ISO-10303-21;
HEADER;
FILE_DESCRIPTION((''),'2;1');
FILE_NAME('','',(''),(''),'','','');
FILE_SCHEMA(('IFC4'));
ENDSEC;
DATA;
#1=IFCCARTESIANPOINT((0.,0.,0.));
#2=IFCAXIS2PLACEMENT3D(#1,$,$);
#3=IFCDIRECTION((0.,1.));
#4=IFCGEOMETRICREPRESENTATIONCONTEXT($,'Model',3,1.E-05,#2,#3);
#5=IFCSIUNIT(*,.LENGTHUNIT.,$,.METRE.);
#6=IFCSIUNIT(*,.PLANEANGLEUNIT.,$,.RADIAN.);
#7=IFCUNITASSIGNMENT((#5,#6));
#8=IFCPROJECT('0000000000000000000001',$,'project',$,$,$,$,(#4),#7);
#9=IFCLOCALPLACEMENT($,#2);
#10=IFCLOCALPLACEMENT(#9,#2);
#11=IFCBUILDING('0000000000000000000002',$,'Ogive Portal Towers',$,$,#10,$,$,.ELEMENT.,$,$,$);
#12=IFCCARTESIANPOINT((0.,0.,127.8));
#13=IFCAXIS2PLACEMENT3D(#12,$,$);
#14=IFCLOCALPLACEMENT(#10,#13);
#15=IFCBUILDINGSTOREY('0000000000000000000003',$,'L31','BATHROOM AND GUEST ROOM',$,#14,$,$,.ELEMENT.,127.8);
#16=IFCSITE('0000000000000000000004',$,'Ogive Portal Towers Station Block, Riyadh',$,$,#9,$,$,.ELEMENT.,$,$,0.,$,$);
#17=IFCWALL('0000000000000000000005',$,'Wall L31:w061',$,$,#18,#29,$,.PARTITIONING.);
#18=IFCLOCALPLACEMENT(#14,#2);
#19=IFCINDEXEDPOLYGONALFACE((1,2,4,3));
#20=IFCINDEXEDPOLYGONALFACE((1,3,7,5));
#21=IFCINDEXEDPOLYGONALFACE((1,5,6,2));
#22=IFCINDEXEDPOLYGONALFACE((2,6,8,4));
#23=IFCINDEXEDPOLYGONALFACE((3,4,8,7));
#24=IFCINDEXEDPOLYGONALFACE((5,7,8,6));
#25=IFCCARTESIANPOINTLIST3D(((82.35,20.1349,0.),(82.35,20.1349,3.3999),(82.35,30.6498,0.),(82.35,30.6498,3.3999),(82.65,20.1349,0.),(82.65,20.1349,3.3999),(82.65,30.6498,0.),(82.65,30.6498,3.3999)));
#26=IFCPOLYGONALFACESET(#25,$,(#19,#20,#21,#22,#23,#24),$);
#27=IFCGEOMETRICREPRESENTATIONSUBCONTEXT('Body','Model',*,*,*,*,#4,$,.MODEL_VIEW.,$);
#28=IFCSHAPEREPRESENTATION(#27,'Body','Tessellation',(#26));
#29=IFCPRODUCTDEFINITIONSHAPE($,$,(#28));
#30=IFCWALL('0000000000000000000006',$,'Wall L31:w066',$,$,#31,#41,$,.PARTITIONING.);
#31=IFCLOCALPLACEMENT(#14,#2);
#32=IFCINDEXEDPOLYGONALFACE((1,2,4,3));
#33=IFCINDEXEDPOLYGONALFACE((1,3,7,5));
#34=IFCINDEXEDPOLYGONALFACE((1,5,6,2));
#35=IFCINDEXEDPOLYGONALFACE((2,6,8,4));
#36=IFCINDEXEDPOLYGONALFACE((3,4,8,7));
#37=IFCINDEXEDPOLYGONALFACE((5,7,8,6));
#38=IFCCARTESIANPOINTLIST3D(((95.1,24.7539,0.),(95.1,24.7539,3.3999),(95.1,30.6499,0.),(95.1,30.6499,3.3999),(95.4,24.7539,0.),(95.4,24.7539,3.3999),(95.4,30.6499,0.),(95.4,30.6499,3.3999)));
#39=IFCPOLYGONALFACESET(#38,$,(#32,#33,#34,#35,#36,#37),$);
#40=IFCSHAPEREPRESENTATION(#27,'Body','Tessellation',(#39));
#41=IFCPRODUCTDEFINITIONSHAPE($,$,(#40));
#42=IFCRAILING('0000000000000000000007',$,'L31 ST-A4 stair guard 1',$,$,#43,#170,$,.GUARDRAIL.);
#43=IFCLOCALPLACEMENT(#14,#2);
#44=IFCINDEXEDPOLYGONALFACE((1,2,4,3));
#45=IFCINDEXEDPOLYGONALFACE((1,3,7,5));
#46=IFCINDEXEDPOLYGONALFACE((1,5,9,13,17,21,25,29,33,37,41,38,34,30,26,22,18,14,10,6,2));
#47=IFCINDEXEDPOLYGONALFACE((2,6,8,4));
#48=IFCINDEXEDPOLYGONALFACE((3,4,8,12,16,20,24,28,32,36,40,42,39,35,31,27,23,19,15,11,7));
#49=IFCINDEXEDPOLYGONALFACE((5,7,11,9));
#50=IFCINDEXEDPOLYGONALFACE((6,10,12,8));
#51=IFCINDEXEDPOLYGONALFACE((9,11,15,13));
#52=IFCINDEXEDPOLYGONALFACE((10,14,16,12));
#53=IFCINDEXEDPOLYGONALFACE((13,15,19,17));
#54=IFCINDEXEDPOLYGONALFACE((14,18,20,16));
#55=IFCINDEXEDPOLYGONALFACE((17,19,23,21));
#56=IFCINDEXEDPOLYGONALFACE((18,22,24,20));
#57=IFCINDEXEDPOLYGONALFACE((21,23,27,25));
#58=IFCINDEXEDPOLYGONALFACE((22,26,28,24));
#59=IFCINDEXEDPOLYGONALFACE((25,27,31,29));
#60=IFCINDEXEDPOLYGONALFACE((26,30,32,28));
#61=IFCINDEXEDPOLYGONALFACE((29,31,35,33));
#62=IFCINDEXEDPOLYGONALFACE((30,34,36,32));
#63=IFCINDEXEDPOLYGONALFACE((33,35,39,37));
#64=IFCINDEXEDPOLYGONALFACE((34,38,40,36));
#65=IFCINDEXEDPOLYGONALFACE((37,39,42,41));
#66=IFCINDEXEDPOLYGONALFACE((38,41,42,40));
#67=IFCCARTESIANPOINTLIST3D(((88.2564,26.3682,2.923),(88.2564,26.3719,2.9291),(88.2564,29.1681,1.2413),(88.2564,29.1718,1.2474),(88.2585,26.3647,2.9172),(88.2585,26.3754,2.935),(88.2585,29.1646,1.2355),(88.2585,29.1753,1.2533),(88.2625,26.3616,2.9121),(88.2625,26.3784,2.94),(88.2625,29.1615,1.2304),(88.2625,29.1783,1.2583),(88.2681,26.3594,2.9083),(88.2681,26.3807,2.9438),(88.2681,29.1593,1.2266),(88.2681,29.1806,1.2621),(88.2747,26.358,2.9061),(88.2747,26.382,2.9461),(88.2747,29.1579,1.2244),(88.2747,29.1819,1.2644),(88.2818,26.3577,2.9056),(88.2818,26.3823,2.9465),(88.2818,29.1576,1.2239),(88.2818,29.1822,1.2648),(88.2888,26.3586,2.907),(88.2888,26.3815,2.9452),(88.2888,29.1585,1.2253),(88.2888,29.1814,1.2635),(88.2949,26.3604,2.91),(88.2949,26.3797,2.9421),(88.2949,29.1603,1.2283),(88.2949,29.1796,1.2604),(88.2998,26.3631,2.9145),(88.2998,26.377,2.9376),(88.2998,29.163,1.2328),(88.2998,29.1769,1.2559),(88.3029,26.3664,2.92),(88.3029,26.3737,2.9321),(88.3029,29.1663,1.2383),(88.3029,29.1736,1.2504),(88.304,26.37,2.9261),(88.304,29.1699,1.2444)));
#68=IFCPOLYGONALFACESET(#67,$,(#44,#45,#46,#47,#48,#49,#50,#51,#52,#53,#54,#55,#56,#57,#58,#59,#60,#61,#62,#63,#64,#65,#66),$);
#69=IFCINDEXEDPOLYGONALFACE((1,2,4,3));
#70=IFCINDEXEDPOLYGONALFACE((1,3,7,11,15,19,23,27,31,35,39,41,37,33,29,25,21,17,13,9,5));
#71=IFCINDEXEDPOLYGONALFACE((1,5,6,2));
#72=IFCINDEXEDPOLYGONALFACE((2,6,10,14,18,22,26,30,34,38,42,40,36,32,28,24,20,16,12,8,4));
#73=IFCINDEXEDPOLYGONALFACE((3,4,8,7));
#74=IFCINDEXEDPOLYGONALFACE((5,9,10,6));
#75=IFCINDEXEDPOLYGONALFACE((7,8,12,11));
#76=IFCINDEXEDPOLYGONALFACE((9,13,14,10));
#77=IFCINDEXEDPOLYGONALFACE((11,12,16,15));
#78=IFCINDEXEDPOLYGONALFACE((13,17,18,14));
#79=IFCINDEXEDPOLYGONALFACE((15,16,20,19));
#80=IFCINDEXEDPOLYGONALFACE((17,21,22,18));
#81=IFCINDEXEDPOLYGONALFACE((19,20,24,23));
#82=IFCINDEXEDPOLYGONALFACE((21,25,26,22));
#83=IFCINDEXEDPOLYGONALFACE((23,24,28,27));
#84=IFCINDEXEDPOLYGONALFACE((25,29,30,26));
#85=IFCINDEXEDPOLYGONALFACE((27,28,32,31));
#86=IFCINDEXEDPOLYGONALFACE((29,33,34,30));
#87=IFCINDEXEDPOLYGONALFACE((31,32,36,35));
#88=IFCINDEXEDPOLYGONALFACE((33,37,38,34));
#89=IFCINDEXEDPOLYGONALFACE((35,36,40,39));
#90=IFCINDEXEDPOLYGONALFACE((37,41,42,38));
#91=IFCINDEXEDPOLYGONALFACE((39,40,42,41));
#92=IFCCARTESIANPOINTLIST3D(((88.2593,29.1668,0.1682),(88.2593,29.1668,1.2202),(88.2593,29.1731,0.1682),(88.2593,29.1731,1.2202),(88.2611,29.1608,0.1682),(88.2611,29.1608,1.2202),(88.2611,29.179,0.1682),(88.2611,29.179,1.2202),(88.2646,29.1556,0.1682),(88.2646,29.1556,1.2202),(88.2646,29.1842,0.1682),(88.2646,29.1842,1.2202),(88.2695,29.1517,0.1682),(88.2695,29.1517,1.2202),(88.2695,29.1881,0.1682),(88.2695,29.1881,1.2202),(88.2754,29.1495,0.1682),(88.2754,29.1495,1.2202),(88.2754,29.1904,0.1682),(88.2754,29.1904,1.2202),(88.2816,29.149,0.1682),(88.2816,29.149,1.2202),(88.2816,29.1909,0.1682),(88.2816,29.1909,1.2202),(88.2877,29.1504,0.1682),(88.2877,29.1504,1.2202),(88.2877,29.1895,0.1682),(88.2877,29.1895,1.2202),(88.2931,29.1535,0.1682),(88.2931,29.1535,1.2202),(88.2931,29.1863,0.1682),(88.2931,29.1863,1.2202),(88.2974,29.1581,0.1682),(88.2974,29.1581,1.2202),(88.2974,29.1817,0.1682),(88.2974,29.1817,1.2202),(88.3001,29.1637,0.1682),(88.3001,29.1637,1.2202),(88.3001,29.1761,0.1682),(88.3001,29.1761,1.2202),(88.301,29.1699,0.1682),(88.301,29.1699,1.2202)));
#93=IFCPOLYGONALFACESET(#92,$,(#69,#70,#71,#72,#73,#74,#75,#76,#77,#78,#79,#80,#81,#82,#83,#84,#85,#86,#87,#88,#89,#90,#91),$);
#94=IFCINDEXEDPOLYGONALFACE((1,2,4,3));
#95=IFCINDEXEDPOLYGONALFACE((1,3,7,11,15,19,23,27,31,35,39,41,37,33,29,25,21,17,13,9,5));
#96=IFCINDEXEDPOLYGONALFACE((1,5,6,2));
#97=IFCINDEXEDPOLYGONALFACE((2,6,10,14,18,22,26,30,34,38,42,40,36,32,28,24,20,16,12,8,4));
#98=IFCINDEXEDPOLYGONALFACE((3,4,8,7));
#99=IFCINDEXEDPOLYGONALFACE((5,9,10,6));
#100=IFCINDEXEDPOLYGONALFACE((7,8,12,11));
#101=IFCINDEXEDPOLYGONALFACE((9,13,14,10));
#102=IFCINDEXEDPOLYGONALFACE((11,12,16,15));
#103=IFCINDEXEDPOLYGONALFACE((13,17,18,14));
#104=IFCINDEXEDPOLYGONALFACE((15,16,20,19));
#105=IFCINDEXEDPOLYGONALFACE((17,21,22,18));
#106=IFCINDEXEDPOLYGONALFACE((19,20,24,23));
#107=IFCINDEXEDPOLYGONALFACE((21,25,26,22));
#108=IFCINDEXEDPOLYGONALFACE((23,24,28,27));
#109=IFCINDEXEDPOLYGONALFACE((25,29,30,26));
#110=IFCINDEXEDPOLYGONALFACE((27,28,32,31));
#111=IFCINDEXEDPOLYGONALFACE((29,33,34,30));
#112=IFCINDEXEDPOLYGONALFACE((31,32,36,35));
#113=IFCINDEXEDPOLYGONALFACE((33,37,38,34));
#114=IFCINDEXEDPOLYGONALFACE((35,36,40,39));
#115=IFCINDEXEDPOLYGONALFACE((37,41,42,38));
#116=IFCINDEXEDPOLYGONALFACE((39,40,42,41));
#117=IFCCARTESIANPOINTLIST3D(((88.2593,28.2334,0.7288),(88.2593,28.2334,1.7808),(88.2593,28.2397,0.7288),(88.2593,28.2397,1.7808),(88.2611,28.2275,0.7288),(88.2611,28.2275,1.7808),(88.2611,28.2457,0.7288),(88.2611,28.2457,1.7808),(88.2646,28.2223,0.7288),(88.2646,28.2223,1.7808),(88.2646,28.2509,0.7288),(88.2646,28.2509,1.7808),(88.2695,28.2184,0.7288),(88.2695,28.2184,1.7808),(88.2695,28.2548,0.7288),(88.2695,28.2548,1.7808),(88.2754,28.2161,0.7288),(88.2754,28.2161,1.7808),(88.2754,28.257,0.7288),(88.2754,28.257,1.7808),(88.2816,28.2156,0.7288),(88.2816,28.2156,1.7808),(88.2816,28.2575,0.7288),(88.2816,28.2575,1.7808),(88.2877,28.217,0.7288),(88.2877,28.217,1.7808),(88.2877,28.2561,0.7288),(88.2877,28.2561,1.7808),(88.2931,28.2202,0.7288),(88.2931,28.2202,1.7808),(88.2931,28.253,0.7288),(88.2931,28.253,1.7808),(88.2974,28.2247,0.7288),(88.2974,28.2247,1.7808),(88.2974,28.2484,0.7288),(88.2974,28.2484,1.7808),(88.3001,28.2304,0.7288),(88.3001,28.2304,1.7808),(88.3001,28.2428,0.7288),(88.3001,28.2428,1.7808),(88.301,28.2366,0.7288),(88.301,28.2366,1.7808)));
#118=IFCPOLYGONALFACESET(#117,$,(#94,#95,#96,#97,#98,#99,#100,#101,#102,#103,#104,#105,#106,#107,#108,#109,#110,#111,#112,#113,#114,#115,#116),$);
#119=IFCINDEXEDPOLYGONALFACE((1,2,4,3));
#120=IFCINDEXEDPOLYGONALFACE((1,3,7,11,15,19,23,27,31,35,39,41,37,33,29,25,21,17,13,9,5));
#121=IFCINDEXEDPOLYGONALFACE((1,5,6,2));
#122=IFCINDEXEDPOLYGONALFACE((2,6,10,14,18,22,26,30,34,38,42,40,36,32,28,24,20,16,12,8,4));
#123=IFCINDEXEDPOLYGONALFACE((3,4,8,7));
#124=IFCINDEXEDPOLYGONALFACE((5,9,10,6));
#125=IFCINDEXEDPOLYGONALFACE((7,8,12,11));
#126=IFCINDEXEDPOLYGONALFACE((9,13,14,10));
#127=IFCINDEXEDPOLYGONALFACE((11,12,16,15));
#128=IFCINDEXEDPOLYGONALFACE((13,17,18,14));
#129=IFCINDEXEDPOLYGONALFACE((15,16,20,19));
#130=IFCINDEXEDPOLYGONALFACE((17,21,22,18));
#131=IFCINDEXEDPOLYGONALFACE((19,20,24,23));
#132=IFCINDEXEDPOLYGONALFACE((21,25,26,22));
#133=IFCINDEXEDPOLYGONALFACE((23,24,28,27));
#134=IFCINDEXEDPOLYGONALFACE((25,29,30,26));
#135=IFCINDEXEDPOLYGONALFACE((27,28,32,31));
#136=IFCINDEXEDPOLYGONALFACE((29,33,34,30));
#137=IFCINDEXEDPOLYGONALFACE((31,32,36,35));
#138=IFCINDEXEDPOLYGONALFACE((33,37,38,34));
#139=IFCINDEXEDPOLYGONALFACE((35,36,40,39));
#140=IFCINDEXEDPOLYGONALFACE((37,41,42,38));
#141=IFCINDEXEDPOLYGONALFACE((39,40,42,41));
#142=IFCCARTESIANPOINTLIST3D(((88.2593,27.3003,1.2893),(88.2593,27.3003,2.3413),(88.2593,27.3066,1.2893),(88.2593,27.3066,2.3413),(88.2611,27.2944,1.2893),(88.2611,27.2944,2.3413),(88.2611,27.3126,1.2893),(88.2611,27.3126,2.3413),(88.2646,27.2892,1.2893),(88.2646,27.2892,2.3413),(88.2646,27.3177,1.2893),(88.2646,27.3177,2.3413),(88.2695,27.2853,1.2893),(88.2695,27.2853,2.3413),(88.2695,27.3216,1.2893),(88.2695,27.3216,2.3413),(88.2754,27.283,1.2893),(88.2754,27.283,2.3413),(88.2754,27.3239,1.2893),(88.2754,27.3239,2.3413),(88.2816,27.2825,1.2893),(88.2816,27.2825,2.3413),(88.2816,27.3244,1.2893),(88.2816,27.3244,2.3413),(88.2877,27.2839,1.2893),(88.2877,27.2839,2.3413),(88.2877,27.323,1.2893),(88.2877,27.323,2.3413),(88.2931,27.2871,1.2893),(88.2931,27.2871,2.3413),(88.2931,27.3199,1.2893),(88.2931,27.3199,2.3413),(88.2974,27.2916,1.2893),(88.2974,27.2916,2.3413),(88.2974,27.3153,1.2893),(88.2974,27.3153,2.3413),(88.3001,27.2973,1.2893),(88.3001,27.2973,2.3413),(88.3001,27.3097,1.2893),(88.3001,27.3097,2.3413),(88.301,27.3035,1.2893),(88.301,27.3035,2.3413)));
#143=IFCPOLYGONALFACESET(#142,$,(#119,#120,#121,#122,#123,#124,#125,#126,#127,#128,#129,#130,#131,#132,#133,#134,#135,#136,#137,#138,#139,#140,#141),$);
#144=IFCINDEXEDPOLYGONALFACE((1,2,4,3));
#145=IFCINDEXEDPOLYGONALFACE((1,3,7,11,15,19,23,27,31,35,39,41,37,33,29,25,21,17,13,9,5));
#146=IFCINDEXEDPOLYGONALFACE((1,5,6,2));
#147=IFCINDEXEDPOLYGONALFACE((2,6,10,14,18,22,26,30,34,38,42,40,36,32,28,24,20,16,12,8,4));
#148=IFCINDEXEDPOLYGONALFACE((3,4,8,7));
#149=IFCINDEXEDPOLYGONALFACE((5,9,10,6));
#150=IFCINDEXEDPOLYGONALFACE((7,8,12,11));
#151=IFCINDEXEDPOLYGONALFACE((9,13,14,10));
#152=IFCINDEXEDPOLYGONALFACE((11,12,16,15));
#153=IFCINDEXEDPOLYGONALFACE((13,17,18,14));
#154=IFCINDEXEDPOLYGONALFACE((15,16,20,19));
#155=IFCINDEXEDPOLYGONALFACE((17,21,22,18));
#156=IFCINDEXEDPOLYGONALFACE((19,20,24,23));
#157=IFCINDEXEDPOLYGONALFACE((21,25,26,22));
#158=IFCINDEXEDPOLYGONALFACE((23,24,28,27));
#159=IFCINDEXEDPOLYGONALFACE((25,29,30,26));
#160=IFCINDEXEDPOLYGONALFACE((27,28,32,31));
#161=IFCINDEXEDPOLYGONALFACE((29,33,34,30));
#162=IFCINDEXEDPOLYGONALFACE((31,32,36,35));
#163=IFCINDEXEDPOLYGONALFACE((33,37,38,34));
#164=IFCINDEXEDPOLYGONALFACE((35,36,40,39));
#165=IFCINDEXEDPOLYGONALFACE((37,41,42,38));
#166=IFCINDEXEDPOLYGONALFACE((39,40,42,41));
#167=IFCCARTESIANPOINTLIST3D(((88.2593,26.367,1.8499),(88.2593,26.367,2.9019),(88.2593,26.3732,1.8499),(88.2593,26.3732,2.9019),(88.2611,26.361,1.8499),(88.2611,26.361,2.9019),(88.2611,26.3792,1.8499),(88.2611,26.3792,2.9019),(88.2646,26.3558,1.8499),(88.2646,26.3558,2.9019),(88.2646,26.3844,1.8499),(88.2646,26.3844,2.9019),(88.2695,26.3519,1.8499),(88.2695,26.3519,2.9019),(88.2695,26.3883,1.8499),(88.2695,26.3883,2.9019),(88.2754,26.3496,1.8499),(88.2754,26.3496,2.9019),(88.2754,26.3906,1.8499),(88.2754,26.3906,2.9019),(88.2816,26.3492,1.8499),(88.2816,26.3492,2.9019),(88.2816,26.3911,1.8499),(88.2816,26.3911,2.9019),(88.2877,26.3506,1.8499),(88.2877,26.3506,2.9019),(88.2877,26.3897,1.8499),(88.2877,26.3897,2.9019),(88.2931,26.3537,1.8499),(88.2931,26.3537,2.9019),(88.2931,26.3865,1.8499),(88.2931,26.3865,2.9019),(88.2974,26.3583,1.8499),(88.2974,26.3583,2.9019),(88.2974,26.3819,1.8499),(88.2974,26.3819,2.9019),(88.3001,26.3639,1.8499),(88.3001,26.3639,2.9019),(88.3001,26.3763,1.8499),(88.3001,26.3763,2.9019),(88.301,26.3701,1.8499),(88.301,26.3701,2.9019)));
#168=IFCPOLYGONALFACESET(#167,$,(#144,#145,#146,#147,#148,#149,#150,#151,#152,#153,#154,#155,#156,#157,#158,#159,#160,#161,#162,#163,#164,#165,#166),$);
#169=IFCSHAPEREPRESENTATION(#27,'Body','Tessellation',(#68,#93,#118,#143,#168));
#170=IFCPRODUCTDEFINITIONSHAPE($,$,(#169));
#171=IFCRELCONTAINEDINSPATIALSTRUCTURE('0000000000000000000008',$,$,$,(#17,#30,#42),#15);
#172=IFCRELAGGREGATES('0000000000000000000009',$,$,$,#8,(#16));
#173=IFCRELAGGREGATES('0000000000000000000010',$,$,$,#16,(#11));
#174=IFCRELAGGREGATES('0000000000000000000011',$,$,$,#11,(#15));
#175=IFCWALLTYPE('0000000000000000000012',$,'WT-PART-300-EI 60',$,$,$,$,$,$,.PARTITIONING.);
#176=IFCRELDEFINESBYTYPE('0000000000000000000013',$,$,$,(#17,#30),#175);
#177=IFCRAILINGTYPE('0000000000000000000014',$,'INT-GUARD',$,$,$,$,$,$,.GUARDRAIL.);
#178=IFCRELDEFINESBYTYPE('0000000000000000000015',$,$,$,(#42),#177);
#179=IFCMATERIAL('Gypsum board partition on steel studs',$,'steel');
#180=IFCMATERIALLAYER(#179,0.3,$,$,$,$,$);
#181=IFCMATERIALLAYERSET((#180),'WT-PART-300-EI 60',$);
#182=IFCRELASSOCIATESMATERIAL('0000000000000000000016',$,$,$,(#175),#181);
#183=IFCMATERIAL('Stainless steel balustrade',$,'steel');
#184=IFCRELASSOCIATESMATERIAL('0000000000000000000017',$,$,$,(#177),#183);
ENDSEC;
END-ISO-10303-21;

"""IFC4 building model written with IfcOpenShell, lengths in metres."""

from ifc_helpers import new_model, si_unit, direction, frame, frame_2d, origin, origin_2d, place, context, subcontext, project, spatial, rectangle, circle, extrude, material, layer, layer_set, type_object, element, save


model = new_model("IFC4")

# Units and contexts
model_context = context("Model", 3, precision=1e-05, world=origin(), true_north=direction((0.0, 1.0)))
body_context = subcontext(model_context, "Body", "Model", "MODEL_VIEW")
ifc_project = project(units=[si_unit("LENGTHUNIT", "METRE"), si_unit("PLANEANGLEUNIT", "RADIAN")], contexts=[model_context])

# Site, building, storey
site_placement = place(None, origin())
site = spatial("IfcSite", under=ifc_project, at=site_placement, Name="Ogive Portal Towers Station Block, Riyadh", CompositionType="ELEMENT", RefElevation=0.0)
building_placement = place(site_placement, origin())
building = spatial("IfcBuilding", under=site, at=building_placement, Name="Ogive Portal Towers", CompositionType="ELEMENT")
storey_placement = place(building_placement, frame((0.0, 0.0, 127.8)))
storey = spatial("IfcBuildingStorey", under=building, at=storey_placement, Name="L31", Description="BATHROOM AND GUEST ROOM", CompositionType="ELEMENT", Elevation=127.8)

# Walls
ifc_material_1 = material(Name="Gypsum board partition on steel studs", Category="steel")
ifc_layer_1 = layer(ifc_material_1, 0.3)
ifc_layer_set_1 = layer_set([ifc_layer_1], Name="WT-PART-300-EI 60")
wall_type_1 = type_object("IfcWallType", Name="WT-PART-300-EI 60", PredefinedType="PARTITIONING", material=ifc_layer_set_1)
wall_1_placement = place(storey_placement, frame((82.5, 20.135, 0.0), z_axis=(0.0, 0.0, 1.0), x_axis=(0.0, 1.0, 0.0)))
element("IfcWall", 1, at=wall_1_placement, inside=storey, type_object=wall_type_1, Name="Wall L31:w061", PredefinedType="PARTITIONING", context=body_context, shape_type="SweptSolid", body=[
    extrude(rectangle(XDim=10.5149, YDim=0.3, at=frame_2d((5.2573, 0.0))), origin(), (0.0, 0.0, 1.0), 3.3999),
])
wall_2_placement = place(storey_placement, frame((95.25, 24.7539, 0.0), z_axis=(0.0, 0.0, 1.0), x_axis=(0.0, 1.0, 0.0)))
element("IfcWall", 2, at=wall_2_placement, inside=storey, type_object=wall_type_1, Name="Wall L31:w066", PredefinedType="PARTITIONING", context=body_context, shape_type="SweptSolid", body=[
    extrude(rectangle(XDim=5.896, YDim=0.3, at=frame_2d((2.948, 0.0))), origin(), (0.0, 0.0, 1.0), 3.3999),
])

# Railing
ifc_material_2 = material(Name="Stainless steel balustrade", Category="steel")
railing_type_1 = type_object("IfcRailingType", Name="INT-GUARD", PredefinedType="GUARDRAIL", material=ifc_material_2)
railing_1_placement = place(storey_placement, frame((88.28, 29.1699, 0.1682)))
element("IfcRailing", 3, at=railing_1_placement, inside=storey, type_object=railing_type_1, Name="L31 ST-A4 stair guard 1", PredefinedType="GUARDRAIL", context=body_context, shape_type="SweptSolid", body=[
    extrude(circle(Radius=0.0239, at=origin_2d()), frame((0.0, 0.0, 1.0762), z_axis=(0.0, -0.857255, 0.514891), x_axis=(1.0, 0.0, 0.0)), (0.0, 0.0, 1.0), 3.2661),
    extrude(circle(Radius=0.021, at=origin_2d()), origin(), (0.0, 0.0, 1.0), 1.052),
    extrude(circle(Radius=0.021, at=origin_2d()), frame((0.0, -0.9333, 0.5605)), (0.0, 0.0, 1.0), 1.052),
    extrude(circle(Radius=0.021, at=origin_2d()), frame((0.0, -1.8665, 1.1211)), (0.0, 0.0, 1.0), 1.052),
    extrude(circle(Radius=0.021, at=origin_2d()), frame((0.0, -2.7998, 1.6816)), (0.0, 0.0, 1.0), 1.052),
])

save(model, "model.ifc")
